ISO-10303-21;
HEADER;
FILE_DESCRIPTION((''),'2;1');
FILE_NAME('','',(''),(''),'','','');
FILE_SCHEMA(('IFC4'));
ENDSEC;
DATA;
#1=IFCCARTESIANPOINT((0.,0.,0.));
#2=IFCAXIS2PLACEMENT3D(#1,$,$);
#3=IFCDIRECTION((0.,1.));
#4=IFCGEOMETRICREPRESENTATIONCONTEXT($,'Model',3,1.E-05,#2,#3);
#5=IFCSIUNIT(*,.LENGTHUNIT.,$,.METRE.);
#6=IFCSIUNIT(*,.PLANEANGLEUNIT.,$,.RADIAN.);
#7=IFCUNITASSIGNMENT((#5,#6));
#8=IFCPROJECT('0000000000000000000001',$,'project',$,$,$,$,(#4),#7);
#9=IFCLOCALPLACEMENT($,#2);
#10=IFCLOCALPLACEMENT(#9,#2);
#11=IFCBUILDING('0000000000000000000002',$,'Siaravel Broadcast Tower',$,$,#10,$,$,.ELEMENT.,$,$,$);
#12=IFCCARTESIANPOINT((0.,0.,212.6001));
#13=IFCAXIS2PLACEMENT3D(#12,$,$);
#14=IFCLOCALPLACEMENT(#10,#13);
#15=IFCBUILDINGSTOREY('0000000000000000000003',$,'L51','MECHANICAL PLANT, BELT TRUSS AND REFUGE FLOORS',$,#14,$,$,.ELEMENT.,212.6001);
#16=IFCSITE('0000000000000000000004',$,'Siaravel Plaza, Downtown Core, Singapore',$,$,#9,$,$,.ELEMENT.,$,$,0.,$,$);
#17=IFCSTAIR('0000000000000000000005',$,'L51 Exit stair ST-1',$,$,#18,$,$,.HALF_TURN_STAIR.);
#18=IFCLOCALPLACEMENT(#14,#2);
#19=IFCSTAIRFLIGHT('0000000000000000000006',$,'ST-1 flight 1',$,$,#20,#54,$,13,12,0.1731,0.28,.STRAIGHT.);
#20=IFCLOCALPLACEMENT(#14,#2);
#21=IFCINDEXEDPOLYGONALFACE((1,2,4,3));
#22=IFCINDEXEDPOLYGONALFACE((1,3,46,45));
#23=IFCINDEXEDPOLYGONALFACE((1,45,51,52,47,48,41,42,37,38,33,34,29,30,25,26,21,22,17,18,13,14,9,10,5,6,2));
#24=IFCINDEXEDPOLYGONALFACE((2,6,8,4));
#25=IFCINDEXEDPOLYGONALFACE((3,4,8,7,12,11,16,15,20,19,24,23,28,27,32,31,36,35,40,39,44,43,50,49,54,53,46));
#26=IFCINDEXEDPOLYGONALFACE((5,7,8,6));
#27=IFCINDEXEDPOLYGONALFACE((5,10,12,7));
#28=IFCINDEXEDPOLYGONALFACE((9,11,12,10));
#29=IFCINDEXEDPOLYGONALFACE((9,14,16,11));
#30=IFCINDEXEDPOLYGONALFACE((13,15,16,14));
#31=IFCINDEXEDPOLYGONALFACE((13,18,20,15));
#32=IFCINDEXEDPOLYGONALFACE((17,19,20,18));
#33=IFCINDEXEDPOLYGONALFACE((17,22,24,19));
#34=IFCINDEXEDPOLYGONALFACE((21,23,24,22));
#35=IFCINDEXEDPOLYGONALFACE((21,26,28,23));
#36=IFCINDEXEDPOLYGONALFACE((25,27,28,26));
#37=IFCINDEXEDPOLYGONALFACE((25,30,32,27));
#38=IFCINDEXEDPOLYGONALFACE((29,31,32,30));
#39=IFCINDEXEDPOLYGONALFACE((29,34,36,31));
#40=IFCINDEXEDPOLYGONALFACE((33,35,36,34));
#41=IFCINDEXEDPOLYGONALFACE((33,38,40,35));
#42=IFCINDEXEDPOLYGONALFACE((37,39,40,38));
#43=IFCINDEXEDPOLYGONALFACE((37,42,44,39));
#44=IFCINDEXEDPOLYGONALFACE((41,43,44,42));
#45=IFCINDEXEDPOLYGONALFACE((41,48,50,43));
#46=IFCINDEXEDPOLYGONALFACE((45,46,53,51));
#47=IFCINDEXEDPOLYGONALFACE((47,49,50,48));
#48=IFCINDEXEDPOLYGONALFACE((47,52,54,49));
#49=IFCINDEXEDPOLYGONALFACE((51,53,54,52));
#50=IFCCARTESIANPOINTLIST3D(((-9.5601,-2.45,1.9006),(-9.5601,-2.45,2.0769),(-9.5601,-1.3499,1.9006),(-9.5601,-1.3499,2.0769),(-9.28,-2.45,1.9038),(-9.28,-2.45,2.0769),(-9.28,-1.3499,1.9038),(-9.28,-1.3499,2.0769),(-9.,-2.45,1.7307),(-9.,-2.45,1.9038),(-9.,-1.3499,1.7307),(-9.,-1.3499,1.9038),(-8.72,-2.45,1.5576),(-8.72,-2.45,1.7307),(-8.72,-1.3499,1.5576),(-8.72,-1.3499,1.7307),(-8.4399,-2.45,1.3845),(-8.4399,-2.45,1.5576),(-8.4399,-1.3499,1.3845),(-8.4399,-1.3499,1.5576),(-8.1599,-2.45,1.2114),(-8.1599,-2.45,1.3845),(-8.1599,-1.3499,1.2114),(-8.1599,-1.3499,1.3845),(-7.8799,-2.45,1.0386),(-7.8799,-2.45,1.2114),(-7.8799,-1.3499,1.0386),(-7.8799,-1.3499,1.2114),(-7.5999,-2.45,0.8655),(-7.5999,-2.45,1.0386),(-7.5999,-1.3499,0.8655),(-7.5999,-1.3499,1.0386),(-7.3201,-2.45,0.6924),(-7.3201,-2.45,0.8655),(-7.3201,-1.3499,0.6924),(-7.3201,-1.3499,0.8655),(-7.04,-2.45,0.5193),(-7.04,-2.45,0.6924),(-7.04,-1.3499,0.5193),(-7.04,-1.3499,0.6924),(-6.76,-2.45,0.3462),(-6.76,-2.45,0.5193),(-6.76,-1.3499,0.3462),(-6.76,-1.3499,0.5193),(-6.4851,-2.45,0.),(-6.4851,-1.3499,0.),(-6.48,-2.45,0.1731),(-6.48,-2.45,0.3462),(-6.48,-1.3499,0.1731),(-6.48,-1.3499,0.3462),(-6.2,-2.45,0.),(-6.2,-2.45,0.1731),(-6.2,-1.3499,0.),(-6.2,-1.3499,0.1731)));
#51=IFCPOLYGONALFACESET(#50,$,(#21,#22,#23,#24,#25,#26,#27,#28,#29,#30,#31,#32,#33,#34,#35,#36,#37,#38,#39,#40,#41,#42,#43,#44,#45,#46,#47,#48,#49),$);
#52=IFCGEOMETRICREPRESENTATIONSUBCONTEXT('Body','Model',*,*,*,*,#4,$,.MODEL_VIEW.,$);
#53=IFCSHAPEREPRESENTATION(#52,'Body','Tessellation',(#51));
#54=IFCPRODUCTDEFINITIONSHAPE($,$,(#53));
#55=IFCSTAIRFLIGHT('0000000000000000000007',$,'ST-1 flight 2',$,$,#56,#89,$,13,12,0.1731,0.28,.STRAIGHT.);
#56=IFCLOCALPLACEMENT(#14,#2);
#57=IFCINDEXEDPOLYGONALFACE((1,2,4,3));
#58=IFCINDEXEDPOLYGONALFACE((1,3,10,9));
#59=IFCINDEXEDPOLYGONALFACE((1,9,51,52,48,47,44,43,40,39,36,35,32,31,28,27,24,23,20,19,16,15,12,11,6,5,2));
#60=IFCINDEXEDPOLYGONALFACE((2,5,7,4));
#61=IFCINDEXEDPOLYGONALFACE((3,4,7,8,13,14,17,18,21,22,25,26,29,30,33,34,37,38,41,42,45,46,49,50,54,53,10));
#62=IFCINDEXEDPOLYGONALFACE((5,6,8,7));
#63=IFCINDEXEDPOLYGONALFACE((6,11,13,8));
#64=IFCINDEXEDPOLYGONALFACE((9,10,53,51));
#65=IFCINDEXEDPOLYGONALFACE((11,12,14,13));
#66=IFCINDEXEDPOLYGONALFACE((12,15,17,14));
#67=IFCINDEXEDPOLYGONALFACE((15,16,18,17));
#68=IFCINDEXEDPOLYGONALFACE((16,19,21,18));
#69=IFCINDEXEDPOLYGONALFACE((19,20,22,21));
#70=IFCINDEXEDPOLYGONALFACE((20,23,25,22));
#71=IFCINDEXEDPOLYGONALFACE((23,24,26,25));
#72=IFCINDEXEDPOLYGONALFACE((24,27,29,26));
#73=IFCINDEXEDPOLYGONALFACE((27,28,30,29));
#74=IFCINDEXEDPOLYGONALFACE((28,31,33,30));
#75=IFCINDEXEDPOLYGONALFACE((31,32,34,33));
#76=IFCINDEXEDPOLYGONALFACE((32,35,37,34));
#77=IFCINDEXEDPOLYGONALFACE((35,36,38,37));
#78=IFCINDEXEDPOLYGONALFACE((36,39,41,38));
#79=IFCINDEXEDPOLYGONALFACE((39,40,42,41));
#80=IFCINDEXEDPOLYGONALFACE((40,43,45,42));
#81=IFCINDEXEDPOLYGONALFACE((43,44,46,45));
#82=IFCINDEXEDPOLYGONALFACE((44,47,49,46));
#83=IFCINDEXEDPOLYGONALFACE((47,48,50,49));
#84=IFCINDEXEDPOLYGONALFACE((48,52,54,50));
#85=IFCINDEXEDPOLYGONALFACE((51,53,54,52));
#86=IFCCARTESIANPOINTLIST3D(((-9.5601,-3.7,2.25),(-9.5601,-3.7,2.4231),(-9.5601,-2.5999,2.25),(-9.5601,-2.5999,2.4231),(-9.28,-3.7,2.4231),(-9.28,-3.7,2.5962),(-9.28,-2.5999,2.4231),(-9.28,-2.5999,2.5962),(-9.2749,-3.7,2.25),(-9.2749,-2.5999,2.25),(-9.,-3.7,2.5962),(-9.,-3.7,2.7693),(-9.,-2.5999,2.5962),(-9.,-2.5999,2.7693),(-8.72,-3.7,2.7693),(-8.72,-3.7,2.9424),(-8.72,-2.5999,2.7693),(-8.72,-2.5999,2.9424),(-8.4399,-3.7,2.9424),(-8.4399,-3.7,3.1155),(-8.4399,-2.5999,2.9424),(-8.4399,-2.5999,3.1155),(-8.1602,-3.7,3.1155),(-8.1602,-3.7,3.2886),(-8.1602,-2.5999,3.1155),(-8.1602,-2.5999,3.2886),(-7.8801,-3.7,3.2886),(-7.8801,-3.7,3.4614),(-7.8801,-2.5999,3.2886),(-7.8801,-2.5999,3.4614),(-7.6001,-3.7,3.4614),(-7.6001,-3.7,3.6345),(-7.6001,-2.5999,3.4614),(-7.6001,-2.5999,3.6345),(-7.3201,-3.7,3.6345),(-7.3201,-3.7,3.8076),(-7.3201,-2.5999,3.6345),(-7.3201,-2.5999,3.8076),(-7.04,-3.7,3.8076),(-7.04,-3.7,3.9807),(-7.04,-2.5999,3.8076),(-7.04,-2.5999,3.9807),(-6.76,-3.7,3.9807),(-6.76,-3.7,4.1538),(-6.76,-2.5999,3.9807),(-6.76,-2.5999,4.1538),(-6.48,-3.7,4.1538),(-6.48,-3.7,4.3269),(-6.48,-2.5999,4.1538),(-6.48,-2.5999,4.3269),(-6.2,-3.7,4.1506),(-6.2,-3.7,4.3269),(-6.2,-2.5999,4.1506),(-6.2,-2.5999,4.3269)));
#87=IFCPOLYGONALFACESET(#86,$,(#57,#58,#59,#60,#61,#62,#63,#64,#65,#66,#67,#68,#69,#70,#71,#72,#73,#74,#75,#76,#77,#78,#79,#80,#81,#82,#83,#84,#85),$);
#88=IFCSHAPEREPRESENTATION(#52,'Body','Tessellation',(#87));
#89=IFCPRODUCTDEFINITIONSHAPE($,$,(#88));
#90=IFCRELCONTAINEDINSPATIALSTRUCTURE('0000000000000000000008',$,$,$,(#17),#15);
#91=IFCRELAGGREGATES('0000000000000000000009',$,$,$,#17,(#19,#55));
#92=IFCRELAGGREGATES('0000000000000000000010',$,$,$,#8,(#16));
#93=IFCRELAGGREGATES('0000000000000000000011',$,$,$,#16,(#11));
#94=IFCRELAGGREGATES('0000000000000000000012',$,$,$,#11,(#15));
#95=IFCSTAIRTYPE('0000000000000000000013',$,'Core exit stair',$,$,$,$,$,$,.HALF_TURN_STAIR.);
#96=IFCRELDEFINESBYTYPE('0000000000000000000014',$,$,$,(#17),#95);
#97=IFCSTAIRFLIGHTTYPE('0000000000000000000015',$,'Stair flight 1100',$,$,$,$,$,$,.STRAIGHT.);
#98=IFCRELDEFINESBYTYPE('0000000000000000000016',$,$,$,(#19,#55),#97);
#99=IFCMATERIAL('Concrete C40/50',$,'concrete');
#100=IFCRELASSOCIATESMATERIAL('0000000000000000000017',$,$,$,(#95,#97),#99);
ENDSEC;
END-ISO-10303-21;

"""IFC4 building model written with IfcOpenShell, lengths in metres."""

from ifc_helpers import new_model, si_unit, direction, frame, origin, place, context, subcontext, project, spatial, polyline, outline, extrude, material, type_object, element, aggregate, save


model = new_model("IFC4")

# Units and contexts
model_context = context("Model", 3, precision=1e-05, world=origin(), true_north=direction((0.0, 1.0)))
body_context = subcontext(model_context, "Body", "Model", "MODEL_VIEW")
ifc_project = project(units=[si_unit("LENGTHUNIT", "METRE"), si_unit("PLANEANGLEUNIT", "RADIAN")], contexts=[model_context])

# Site, building, storey
site_placement = place(None, origin())
site = spatial("IfcSite", under=ifc_project, at=site_placement, Name="Siaravel Plaza, Downtown Core, Singapore", CompositionType="ELEMENT", RefElevation=0.0)
building_placement = place(site_placement, origin())
building = spatial("IfcBuilding", under=site, at=building_placement, Name="Siaravel Broadcast Tower", CompositionType="ELEMENT")
storey_placement = place(building_placement, frame((0.0, 0.0, 212.6001)))
storey = spatial("IfcBuildingStorey", under=building, at=storey_placement, Name="L51", Description="MECHANICAL PLANT, BELT TRUSS AND REFUGE FLOORS", CompositionType="ELEMENT", Elevation=212.6001)

# Stair, stair flights
ifc_material_1 = material(Name="Concrete C40/50", Category="concrete")
stair_type = type_object("IfcStairType", Name="Core exit stair", PredefinedType="HALF_TURN_STAIR", material=ifc_material_1)
stair_placement = place(storey_placement, origin())
stair = element("IfcStair", 1, at=stair_placement, inside=storey, type_object=stair_type, Name="L51 Exit stair ST-1", PredefinedType="HALF_TURN_STAIR")
stair_flight_type = type_object("IfcStairFlightType", Name="Stair flight 1100", PredefinedType="STRAIGHT", material=ifc_material_1)
stair_flight_1_placement = place(storey_placement, frame((-6.2, -1.8999, 0.0), z_axis=(0.0, 0.0, 1.0), x_axis=(-1.0, 0.0, 0.0)))
stair_flight_1 = element("IfcStairFlight", 2, at=stair_flight_1_placement, type_object=stair_flight_type, Name="ST-1 flight 1", NumberOfRisers=13, NumberOfTreads=12, PredefinedType="STRAIGHT", RiserHeight=0.1731, TreadLength=0.28, context=body_context, shape_type="SweptSolid", body=[
    extrude(outline(polyline([(0.0, 0.0), (0.0, 0.1731), (0.28, 0.1731), (0.28, 0.3462), (0.5601, 0.3462), (0.5601, 0.5193), (0.8401, 0.5193), (0.8401, 0.6924), (1.1201, 0.6924), (1.1201, 0.8655), (1.3999, 0.8655), (1.3999, 1.0386), (1.6799, 1.0386), (1.6799, 1.2114), (1.96, 1.2114), (1.96, 1.3845), (2.24, 1.3845), (2.24, 1.5576), (2.52, 1.5576), (2.52, 1.7307), (2.8, 1.7307), (2.8, 1.9038), (3.0801, 1.9038), (3.0801, 2.0769), (3.3601, 2.0769), (3.3601, 2.25), (3.3601, 1.9006), (0.2852, 0.0), (0.0, 0.0)])), frame((0.0, 0.55, 0.0), z_axis=(0.0, -1.0, 0.0), x_axis=(1.0, 0.0, 0.0)), (0.0, 0.0, 1.0), 1.1001),
])
stair_flight_2_placement = place(storey_placement, frame((-9.5601, -3.1499, 2.25), z_axis=(0.0, 0.0, 1.0), x_axis=(1.0, 0.0, 0.0)))
stair_flight_2 = element("IfcStairFlight", 3, at=stair_flight_2_placement, type_object=stair_flight_type, Name="ST-1 flight 2", NumberOfRisers=13, NumberOfTreads=12, PredefinedType="STRAIGHT", RiserHeight=0.1731, TreadLength=0.28, context=body_context, shape_type="SweptSolid", body=[
    extrude(outline(polyline([(0.0, 0.0), (0.0, 0.1731), (0.28, 0.1731), (0.28, 0.3462), (0.5601, 0.3462), (0.5601, 0.5193), (0.8401, 0.5193), (0.8401, 0.6924), (1.1201, 0.6924), (1.1201, 0.8655), (1.3999, 0.8655), (1.3999, 1.0386), (1.6799, 1.0386), (1.6799, 1.2114), (1.96, 1.2114), (1.96, 1.3845), (2.24, 1.3845), (2.24, 1.5576), (2.52, 1.5576), (2.52, 1.7307), (2.8, 1.7307), (2.8, 1.9038), (3.0801, 1.9038), (3.0801, 2.0769), (3.3601, 2.0769), (3.3601, 2.25), (3.3601, 1.9006), (0.2852, 0.0), (0.0, 0.0)])), frame((0.0, 0.55, 0.0), z_axis=(0.0, -1.0, 0.0), x_axis=(1.0, 0.0, 0.0)), (0.0, 0.0, 1.0), 1.1001),
])
aggregate(stair, [stair_flight_1, stair_flight_2])

save(model, "model.ifc")
